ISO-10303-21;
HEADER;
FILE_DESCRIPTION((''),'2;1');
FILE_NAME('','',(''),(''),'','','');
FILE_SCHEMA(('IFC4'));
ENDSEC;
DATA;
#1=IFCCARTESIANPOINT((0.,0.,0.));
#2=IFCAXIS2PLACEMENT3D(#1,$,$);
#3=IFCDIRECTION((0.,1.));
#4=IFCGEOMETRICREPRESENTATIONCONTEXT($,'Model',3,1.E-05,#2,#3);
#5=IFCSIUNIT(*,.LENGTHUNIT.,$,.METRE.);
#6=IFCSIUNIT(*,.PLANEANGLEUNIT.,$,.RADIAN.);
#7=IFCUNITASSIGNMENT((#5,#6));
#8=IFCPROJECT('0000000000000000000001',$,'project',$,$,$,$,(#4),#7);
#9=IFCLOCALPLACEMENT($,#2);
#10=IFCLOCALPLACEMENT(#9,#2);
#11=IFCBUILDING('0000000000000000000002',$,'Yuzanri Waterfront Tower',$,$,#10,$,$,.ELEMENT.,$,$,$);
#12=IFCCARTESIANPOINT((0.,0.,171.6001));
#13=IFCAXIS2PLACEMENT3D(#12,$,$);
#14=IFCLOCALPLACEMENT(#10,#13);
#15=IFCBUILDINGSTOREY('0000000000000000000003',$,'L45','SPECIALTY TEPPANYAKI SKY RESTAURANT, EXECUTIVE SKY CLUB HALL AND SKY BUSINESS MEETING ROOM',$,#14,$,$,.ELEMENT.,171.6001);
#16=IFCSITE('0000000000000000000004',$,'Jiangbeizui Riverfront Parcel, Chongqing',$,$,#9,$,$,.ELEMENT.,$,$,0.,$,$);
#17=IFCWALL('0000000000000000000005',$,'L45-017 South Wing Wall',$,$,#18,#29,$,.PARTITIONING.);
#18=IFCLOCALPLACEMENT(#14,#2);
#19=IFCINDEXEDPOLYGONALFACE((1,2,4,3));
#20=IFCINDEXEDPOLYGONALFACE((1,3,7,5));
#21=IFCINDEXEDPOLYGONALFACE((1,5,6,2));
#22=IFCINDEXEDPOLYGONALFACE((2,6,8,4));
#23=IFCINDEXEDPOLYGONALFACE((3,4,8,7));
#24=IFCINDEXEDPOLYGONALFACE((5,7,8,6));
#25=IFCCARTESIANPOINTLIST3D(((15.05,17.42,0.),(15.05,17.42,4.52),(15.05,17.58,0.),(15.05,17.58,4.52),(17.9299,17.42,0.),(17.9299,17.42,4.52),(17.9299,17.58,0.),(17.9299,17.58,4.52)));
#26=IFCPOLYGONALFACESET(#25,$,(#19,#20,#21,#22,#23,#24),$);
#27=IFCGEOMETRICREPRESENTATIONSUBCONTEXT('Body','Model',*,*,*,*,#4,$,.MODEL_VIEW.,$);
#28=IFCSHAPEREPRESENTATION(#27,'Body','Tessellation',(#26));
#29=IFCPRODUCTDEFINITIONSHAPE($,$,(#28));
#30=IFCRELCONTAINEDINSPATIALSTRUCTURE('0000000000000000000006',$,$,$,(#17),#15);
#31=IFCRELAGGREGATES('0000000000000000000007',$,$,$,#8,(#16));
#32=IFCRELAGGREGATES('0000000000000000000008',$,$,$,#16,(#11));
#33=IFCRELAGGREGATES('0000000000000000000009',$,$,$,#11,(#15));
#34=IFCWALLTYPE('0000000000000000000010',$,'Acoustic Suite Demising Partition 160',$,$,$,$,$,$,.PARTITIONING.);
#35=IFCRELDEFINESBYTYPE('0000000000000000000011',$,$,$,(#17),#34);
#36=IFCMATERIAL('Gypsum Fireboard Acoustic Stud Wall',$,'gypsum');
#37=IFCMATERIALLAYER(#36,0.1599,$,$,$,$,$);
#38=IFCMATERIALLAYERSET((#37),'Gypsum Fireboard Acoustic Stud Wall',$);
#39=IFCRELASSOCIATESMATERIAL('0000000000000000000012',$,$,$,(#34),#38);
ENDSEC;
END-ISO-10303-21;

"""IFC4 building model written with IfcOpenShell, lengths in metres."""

from ifc_helpers import new_model, si_unit, direction, frame, frame_2d, origin, place, context, subcontext, project, spatial, rectangle, extrude, source, transform, mapped, material, layer, layer_set, type_object, element, save


model = new_model("IFC4")

# Units and contexts
model_context = context("Model", 3, precision=1e-05, world=origin(), true_north=direction((0.0, 1.0)))
body_context = subcontext(model_context, "Body", "Model", "MODEL_VIEW")
ifc_project = project(units=[si_unit("LENGTHUNIT", "METRE"), si_unit("PLANEANGLEUNIT", "RADIAN")], contexts=[model_context])

# Site, building, storey
site_placement = place(None, origin())
site = spatial("IfcSite", under=ifc_project, at=site_placement, Name="Jiangbeizui Riverfront Parcel, Chongqing", CompositionType="ELEMENT", RefElevation=0.0)
building_placement = place(site_placement, origin())
building = spatial("IfcBuilding", under=site, at=building_placement, Name="Yuzanri Waterfront Tower", CompositionType="ELEMENT")
storey_placement = place(building_placement, frame((0.0, 0.0, 171.6001)))
storey = spatial("IfcBuildingStorey", under=building, at=storey_placement, Name="L45", Description="SPECIALTY TEPPANYAKI SKY RESTAURANT, EXECUTIVE SKY CLUB HALL AND SKY BUSINESS MEETING ROOM", CompositionType="ELEMENT", Elevation=171.6001)

# Wall
ifc_material_1 = material(Name="Gypsum Fireboard Acoustic Stud Wall", Category="gypsum")
ifc_layer_1 = layer(ifc_material_1, 0.1599)
ifc_layer_set_1 = layer_set([ifc_layer_1], Name="Gypsum Fireboard Acoustic Stud Wall")
wall_type_1 = type_object("IfcWallType", Name="Acoustic Suite Demising Partition 160", PredefinedType="PARTITIONING", material=ifc_layer_set_1)
shared_shape_1 = source(origin(), body_context, "Body", "SweptSolid", [
    extrude(rectangle(XDim=2.8799, YDim=0.1599, at=frame_2d((1.4399, 0.0))), origin(), (0.0, 0.0, 1.0), 4.52),
])
wall_1_placement = place(storey_placement, frame((15.05, 17.5, 0.0), z_axis=(0.0, 0.0, 1.0), x_axis=(1.0, 0.0, 0.0)))
element("IfcWall", 1, at=wall_1_placement, inside=storey, type_object=wall_type_1, Name="L45-017 South Wing Wall", PredefinedType="PARTITIONING", context=body_context, shape_type="MappedRepresentation", body=[
    mapped(shared_shape_1, transform((0.0, 0.0, 0.0), scale=1.0)),
])

save(model, "model.ifc")
